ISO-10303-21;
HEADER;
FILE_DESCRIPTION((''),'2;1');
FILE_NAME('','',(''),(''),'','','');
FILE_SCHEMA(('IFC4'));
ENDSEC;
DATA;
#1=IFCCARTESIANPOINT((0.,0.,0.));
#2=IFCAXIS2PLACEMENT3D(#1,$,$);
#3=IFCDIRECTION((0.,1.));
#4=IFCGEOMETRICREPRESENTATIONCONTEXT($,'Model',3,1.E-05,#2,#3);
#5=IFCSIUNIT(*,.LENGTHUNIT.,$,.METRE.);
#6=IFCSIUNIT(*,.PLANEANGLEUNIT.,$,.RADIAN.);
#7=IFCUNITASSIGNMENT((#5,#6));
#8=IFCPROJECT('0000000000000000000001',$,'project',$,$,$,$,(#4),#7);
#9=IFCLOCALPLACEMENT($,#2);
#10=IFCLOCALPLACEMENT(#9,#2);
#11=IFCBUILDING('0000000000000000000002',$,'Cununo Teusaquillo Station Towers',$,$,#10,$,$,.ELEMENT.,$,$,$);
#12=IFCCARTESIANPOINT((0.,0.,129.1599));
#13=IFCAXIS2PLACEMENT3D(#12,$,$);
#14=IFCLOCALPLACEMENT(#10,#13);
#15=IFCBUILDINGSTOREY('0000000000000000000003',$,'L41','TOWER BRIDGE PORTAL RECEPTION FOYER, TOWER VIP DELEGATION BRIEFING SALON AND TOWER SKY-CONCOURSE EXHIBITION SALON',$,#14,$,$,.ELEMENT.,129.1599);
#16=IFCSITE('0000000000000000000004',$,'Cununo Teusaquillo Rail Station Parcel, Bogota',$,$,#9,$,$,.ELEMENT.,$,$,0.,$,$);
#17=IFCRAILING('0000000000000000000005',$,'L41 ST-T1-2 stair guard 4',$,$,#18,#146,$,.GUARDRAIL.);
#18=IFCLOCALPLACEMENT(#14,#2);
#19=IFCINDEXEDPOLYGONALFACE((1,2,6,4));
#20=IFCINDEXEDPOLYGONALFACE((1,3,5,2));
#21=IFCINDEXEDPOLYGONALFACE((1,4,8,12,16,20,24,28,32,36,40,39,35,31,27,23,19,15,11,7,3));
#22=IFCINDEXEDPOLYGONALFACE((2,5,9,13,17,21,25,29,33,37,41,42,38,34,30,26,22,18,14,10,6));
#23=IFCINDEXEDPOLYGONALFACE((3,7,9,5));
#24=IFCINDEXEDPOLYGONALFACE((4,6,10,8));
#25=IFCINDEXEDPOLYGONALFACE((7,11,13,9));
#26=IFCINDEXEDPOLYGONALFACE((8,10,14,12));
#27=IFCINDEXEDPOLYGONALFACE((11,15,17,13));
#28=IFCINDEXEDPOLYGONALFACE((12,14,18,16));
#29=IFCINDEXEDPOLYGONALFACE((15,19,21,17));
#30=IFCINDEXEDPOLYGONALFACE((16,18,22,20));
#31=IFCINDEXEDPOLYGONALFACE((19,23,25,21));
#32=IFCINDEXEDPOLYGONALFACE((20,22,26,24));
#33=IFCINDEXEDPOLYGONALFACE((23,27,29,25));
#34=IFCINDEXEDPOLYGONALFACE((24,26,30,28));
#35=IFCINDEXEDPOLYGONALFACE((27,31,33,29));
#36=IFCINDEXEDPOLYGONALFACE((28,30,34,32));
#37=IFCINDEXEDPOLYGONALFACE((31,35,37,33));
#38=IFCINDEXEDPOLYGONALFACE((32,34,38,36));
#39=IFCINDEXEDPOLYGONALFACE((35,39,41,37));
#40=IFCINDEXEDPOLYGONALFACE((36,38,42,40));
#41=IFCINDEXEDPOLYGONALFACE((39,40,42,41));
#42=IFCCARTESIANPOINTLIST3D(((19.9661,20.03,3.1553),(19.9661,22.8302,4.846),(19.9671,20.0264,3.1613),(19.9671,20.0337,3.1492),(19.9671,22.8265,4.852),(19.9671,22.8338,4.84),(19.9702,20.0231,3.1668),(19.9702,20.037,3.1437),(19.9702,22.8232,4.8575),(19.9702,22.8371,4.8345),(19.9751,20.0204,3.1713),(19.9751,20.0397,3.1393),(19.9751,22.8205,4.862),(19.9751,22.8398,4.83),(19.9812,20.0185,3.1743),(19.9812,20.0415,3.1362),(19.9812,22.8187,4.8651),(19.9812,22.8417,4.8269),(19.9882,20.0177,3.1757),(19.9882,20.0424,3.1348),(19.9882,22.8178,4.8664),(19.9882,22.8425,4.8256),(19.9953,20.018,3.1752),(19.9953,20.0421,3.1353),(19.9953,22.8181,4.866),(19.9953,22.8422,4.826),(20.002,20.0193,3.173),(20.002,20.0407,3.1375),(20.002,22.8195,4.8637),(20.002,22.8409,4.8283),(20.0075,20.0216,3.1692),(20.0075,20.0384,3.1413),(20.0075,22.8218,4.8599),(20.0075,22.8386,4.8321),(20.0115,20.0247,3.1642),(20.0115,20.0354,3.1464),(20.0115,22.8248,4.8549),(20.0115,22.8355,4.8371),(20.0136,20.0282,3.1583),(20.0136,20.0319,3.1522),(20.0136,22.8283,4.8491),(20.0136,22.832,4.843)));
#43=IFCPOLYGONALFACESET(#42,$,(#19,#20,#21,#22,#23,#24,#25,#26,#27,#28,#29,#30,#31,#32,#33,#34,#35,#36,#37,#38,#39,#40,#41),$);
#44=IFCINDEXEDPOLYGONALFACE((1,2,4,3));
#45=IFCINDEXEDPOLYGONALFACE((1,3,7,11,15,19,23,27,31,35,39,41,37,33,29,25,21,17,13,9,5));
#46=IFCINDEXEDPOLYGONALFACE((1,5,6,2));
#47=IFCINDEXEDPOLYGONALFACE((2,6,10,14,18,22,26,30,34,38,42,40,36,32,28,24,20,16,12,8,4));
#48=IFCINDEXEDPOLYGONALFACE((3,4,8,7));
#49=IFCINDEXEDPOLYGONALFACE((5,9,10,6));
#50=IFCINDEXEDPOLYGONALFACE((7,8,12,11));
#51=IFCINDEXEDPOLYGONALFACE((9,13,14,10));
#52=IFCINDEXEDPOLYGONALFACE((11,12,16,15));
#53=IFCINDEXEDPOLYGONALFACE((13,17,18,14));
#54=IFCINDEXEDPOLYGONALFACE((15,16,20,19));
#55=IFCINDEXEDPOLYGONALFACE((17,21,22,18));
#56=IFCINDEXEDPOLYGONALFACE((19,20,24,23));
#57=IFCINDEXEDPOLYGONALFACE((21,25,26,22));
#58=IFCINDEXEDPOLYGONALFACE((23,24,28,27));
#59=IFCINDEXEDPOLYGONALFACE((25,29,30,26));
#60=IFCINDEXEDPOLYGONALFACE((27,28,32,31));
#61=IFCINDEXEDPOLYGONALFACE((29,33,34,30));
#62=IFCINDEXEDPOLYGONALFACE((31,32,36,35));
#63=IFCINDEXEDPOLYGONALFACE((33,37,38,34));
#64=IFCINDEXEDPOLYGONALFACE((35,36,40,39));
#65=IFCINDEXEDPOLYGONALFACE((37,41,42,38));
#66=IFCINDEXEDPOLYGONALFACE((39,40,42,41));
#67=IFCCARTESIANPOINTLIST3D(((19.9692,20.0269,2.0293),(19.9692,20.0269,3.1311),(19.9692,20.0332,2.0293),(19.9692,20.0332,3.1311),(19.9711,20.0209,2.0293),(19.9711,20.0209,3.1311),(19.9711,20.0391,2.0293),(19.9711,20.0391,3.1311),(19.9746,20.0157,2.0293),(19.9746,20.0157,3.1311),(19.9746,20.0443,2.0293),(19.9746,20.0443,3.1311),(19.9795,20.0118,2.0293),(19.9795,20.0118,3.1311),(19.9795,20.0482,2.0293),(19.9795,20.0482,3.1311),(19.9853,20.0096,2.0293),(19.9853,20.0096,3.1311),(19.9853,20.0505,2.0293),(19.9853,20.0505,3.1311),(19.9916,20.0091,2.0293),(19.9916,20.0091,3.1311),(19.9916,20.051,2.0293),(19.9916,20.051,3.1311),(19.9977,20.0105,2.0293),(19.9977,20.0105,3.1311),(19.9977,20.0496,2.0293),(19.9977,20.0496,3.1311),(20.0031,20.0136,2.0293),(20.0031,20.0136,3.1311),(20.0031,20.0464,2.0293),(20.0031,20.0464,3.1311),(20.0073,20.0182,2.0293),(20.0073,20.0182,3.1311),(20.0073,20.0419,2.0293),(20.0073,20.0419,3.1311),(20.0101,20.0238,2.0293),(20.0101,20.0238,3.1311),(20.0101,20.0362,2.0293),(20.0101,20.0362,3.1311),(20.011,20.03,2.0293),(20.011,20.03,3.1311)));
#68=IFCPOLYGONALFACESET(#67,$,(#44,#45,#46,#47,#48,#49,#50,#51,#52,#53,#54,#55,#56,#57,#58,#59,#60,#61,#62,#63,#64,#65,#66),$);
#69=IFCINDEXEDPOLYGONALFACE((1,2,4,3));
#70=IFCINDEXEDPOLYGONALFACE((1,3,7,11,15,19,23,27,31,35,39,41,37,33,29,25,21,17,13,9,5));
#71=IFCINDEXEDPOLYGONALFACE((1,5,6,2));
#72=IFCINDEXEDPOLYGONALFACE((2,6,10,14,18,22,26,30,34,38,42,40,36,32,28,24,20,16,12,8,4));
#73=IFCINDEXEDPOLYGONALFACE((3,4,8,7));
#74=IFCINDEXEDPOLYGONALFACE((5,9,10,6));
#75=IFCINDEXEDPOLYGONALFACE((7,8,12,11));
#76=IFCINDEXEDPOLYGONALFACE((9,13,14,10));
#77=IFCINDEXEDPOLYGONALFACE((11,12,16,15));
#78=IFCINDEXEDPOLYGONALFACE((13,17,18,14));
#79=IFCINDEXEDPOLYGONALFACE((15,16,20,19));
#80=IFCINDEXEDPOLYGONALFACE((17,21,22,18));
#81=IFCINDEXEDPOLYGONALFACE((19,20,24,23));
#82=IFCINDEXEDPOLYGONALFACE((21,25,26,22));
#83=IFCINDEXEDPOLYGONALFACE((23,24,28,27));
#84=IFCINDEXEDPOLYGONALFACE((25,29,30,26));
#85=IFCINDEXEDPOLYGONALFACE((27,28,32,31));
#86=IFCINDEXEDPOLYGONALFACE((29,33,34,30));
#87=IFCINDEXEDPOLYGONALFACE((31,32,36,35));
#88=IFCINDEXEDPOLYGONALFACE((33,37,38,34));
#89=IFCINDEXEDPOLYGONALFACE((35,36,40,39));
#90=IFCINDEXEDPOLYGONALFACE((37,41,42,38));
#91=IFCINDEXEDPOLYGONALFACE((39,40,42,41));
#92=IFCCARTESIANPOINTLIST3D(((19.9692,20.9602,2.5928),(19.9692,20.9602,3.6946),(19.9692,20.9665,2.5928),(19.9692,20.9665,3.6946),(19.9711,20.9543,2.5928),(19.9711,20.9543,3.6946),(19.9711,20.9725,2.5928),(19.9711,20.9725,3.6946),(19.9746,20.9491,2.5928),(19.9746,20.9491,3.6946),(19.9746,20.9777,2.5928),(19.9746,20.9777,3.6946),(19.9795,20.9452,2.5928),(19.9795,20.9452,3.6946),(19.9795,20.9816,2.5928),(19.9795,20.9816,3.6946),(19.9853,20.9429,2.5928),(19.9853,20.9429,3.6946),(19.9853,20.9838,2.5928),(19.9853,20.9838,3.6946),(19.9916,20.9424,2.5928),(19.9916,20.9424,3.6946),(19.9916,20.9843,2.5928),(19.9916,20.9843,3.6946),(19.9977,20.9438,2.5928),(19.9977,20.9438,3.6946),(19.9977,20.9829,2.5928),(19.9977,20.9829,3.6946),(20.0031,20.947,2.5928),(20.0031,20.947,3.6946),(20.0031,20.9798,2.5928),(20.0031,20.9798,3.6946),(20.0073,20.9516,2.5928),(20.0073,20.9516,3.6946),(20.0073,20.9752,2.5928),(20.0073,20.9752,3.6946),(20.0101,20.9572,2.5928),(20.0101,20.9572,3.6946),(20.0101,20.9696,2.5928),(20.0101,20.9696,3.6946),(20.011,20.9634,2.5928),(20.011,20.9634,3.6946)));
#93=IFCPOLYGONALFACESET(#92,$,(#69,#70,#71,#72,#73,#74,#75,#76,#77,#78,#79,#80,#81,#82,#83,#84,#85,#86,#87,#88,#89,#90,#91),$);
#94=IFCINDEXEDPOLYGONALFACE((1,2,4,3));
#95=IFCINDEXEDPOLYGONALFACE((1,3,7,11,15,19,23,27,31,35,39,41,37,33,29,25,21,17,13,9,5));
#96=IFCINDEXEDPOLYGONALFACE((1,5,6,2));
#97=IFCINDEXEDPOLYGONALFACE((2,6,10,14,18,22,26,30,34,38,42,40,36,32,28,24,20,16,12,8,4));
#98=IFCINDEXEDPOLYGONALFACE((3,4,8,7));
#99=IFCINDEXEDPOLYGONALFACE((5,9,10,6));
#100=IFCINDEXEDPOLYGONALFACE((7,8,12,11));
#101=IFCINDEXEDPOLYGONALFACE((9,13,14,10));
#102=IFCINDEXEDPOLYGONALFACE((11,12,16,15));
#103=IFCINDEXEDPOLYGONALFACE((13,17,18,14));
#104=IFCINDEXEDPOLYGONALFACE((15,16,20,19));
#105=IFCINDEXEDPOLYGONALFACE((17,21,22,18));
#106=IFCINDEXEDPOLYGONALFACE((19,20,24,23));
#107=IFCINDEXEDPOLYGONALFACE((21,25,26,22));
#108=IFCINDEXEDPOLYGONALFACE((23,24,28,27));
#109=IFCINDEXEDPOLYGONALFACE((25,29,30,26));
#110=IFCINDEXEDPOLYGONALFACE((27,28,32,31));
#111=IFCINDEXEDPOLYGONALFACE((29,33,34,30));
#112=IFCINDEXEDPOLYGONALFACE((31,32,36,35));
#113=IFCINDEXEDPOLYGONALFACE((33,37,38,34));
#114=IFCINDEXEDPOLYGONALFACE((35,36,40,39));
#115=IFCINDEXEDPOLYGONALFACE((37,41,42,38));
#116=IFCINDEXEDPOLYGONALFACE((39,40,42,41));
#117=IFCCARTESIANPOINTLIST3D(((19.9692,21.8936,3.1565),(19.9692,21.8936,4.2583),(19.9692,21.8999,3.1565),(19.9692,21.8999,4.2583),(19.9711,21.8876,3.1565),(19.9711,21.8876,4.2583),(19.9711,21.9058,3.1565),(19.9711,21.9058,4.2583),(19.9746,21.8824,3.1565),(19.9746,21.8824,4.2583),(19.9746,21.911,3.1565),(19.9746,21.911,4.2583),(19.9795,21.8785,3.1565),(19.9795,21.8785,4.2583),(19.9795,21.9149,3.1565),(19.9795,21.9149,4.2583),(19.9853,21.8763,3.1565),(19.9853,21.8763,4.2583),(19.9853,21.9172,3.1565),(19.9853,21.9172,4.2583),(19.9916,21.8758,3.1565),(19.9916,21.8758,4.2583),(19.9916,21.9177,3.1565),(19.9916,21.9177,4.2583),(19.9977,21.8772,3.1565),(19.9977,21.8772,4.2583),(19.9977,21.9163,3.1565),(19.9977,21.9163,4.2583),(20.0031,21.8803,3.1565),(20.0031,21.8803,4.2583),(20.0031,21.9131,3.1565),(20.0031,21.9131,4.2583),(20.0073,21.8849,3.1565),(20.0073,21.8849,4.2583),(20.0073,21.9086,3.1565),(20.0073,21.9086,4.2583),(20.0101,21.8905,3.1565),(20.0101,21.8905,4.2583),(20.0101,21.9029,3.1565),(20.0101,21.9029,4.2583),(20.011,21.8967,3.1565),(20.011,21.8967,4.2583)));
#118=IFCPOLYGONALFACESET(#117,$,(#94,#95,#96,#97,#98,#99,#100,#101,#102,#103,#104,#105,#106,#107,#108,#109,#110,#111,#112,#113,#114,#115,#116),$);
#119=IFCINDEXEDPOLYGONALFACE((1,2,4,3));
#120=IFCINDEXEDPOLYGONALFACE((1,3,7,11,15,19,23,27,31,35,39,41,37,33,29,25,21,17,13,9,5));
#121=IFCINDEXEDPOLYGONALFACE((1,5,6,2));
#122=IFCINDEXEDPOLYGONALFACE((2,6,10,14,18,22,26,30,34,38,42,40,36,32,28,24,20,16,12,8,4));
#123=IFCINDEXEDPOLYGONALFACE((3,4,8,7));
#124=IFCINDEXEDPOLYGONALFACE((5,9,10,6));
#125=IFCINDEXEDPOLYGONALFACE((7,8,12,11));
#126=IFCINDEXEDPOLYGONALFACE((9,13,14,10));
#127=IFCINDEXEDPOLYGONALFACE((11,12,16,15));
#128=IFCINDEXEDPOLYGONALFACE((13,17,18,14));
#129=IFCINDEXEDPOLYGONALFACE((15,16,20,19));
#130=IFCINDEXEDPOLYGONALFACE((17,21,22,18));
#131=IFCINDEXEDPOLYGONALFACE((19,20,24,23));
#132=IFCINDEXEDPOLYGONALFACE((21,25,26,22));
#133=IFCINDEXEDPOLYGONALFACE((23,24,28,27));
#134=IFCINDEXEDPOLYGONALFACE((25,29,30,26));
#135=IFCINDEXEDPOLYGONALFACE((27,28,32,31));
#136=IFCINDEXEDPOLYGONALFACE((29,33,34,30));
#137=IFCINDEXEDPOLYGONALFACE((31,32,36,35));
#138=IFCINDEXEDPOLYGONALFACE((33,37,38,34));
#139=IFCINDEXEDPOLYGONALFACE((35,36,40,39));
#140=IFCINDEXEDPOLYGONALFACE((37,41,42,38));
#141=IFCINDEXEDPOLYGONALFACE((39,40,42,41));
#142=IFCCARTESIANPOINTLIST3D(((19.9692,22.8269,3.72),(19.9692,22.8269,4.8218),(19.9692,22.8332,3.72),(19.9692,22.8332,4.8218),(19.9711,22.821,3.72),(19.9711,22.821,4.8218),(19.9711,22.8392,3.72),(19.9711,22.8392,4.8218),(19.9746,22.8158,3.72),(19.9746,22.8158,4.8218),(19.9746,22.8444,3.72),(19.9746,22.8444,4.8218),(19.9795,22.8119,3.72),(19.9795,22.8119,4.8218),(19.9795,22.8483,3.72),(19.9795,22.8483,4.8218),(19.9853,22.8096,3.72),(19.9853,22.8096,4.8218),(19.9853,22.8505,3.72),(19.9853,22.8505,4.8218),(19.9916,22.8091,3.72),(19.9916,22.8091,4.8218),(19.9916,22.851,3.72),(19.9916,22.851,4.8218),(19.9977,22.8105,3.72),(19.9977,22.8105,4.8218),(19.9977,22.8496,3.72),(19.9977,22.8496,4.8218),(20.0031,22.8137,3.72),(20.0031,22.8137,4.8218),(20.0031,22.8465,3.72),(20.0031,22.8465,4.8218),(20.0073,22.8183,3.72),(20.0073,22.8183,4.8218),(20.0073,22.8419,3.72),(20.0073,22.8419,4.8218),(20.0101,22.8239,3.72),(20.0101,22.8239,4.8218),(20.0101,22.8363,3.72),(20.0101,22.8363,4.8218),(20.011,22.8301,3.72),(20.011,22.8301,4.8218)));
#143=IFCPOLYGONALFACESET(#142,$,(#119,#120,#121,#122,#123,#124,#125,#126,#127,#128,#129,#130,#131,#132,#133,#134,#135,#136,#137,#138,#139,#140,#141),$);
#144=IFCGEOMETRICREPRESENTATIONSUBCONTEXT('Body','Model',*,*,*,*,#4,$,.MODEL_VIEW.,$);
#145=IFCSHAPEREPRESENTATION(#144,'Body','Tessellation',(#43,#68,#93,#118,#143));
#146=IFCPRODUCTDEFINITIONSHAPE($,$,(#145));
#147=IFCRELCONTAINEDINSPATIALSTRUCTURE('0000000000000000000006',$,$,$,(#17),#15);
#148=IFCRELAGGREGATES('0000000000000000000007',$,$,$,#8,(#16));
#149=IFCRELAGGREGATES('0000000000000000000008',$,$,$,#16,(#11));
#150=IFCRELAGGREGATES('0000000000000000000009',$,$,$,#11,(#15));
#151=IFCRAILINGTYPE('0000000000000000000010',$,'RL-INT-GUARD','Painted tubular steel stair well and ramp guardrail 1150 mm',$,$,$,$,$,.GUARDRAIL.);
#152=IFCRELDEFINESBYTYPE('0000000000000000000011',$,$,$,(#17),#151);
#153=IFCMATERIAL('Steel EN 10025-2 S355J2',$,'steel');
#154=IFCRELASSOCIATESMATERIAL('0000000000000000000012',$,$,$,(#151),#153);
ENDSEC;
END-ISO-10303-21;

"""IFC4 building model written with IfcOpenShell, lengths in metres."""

from ifc_helpers import new_model, si_unit, direction, frame, origin, origin_2d, place, context, subcontext, project, spatial, circle, extrude, material, type_object, element, save


model = new_model("IFC4")

# Units and contexts
model_context = context("Model", 3, precision=1e-05, world=origin(), true_north=direction((0.0, 1.0)))
body_context = subcontext(model_context, "Body", "Model", "MODEL_VIEW")
ifc_project = project(units=[si_unit("LENGTHUNIT", "METRE"), si_unit("PLANEANGLEUNIT", "RADIAN")], contexts=[model_context])

# Site, building, storey
site_placement = place(None, origin())
site = spatial("IfcSite", under=ifc_project, at=site_placement, Name="Cununo Teusaquillo Rail Station Parcel, Bogota", CompositionType="ELEMENT", RefElevation=0.0)
building_placement = place(site_placement, origin())
building = spatial("IfcBuilding", under=site, at=building_placement, Name="Cununo Teusaquillo Station Towers", CompositionType="ELEMENT")
storey_placement = place(building_placement, frame((0.0, 0.0, 129.1599)))
storey = spatial("IfcBuildingStorey", under=building, at=storey_placement, Name="L41", Description="TOWER BRIDGE PORTAL RECEPTION FOYER, TOWER VIP DELEGATION BRIEFING SALON AND TOWER SKY-CONCOURSE EXHIBITION SALON", CompositionType="ELEMENT", Elevation=129.1599)

# Railing
ifc_material_1 = material(Name="Steel EN 10025-2 S355J2", Category="steel")
railing_type_1 = type_object("IfcRailingType", Name="RL-INT-GUARD", Description="Painted tubular steel stair well and ramp guardrail 1150 mm", PredefinedType="GUARDRAIL", material=ifc_material_1)
railing_1_placement = place(storey_placement, frame((19.99, 20.03, 2.0293)))
element("IfcRailing", 1, at=railing_1_placement, inside=storey, type_object=railing_type_1, Name="L41 ST-T1-2 stair guard 4", PredefinedType="GUARDRAIL", context=body_context, shape_type="SweptSolid", body=[
    extrude(circle(Radius=0.0239, at=origin_2d()), frame((0.0, 0.0, 1.126), z_axis=(0.0, 0.856054, 0.516887), x_axis=(-1.0, 0.0, 0.0)), (0.0, 0.0, 1.0), 3.271),
    extrude(circle(Radius=0.021, at=origin_2d()), origin(), (0.0, 0.0, 1.0), 1.1018),
    extrude(circle(Radius=0.021, at=origin_2d()), frame((0.0, 0.9333, 0.5635)), (0.0, 0.0, 1.0), 1.1018),
    extrude(circle(Radius=0.021, at=origin_2d()), frame((0.0, 1.8667, 1.1272)), (0.0, 0.0, 1.0), 1.1018),
    extrude(circle(Radius=0.021, at=origin_2d()), frame((0.0, 2.8, 1.6907)), (0.0, 0.0, 1.0), 1.1018),
])

save(model, "model.ifc")
